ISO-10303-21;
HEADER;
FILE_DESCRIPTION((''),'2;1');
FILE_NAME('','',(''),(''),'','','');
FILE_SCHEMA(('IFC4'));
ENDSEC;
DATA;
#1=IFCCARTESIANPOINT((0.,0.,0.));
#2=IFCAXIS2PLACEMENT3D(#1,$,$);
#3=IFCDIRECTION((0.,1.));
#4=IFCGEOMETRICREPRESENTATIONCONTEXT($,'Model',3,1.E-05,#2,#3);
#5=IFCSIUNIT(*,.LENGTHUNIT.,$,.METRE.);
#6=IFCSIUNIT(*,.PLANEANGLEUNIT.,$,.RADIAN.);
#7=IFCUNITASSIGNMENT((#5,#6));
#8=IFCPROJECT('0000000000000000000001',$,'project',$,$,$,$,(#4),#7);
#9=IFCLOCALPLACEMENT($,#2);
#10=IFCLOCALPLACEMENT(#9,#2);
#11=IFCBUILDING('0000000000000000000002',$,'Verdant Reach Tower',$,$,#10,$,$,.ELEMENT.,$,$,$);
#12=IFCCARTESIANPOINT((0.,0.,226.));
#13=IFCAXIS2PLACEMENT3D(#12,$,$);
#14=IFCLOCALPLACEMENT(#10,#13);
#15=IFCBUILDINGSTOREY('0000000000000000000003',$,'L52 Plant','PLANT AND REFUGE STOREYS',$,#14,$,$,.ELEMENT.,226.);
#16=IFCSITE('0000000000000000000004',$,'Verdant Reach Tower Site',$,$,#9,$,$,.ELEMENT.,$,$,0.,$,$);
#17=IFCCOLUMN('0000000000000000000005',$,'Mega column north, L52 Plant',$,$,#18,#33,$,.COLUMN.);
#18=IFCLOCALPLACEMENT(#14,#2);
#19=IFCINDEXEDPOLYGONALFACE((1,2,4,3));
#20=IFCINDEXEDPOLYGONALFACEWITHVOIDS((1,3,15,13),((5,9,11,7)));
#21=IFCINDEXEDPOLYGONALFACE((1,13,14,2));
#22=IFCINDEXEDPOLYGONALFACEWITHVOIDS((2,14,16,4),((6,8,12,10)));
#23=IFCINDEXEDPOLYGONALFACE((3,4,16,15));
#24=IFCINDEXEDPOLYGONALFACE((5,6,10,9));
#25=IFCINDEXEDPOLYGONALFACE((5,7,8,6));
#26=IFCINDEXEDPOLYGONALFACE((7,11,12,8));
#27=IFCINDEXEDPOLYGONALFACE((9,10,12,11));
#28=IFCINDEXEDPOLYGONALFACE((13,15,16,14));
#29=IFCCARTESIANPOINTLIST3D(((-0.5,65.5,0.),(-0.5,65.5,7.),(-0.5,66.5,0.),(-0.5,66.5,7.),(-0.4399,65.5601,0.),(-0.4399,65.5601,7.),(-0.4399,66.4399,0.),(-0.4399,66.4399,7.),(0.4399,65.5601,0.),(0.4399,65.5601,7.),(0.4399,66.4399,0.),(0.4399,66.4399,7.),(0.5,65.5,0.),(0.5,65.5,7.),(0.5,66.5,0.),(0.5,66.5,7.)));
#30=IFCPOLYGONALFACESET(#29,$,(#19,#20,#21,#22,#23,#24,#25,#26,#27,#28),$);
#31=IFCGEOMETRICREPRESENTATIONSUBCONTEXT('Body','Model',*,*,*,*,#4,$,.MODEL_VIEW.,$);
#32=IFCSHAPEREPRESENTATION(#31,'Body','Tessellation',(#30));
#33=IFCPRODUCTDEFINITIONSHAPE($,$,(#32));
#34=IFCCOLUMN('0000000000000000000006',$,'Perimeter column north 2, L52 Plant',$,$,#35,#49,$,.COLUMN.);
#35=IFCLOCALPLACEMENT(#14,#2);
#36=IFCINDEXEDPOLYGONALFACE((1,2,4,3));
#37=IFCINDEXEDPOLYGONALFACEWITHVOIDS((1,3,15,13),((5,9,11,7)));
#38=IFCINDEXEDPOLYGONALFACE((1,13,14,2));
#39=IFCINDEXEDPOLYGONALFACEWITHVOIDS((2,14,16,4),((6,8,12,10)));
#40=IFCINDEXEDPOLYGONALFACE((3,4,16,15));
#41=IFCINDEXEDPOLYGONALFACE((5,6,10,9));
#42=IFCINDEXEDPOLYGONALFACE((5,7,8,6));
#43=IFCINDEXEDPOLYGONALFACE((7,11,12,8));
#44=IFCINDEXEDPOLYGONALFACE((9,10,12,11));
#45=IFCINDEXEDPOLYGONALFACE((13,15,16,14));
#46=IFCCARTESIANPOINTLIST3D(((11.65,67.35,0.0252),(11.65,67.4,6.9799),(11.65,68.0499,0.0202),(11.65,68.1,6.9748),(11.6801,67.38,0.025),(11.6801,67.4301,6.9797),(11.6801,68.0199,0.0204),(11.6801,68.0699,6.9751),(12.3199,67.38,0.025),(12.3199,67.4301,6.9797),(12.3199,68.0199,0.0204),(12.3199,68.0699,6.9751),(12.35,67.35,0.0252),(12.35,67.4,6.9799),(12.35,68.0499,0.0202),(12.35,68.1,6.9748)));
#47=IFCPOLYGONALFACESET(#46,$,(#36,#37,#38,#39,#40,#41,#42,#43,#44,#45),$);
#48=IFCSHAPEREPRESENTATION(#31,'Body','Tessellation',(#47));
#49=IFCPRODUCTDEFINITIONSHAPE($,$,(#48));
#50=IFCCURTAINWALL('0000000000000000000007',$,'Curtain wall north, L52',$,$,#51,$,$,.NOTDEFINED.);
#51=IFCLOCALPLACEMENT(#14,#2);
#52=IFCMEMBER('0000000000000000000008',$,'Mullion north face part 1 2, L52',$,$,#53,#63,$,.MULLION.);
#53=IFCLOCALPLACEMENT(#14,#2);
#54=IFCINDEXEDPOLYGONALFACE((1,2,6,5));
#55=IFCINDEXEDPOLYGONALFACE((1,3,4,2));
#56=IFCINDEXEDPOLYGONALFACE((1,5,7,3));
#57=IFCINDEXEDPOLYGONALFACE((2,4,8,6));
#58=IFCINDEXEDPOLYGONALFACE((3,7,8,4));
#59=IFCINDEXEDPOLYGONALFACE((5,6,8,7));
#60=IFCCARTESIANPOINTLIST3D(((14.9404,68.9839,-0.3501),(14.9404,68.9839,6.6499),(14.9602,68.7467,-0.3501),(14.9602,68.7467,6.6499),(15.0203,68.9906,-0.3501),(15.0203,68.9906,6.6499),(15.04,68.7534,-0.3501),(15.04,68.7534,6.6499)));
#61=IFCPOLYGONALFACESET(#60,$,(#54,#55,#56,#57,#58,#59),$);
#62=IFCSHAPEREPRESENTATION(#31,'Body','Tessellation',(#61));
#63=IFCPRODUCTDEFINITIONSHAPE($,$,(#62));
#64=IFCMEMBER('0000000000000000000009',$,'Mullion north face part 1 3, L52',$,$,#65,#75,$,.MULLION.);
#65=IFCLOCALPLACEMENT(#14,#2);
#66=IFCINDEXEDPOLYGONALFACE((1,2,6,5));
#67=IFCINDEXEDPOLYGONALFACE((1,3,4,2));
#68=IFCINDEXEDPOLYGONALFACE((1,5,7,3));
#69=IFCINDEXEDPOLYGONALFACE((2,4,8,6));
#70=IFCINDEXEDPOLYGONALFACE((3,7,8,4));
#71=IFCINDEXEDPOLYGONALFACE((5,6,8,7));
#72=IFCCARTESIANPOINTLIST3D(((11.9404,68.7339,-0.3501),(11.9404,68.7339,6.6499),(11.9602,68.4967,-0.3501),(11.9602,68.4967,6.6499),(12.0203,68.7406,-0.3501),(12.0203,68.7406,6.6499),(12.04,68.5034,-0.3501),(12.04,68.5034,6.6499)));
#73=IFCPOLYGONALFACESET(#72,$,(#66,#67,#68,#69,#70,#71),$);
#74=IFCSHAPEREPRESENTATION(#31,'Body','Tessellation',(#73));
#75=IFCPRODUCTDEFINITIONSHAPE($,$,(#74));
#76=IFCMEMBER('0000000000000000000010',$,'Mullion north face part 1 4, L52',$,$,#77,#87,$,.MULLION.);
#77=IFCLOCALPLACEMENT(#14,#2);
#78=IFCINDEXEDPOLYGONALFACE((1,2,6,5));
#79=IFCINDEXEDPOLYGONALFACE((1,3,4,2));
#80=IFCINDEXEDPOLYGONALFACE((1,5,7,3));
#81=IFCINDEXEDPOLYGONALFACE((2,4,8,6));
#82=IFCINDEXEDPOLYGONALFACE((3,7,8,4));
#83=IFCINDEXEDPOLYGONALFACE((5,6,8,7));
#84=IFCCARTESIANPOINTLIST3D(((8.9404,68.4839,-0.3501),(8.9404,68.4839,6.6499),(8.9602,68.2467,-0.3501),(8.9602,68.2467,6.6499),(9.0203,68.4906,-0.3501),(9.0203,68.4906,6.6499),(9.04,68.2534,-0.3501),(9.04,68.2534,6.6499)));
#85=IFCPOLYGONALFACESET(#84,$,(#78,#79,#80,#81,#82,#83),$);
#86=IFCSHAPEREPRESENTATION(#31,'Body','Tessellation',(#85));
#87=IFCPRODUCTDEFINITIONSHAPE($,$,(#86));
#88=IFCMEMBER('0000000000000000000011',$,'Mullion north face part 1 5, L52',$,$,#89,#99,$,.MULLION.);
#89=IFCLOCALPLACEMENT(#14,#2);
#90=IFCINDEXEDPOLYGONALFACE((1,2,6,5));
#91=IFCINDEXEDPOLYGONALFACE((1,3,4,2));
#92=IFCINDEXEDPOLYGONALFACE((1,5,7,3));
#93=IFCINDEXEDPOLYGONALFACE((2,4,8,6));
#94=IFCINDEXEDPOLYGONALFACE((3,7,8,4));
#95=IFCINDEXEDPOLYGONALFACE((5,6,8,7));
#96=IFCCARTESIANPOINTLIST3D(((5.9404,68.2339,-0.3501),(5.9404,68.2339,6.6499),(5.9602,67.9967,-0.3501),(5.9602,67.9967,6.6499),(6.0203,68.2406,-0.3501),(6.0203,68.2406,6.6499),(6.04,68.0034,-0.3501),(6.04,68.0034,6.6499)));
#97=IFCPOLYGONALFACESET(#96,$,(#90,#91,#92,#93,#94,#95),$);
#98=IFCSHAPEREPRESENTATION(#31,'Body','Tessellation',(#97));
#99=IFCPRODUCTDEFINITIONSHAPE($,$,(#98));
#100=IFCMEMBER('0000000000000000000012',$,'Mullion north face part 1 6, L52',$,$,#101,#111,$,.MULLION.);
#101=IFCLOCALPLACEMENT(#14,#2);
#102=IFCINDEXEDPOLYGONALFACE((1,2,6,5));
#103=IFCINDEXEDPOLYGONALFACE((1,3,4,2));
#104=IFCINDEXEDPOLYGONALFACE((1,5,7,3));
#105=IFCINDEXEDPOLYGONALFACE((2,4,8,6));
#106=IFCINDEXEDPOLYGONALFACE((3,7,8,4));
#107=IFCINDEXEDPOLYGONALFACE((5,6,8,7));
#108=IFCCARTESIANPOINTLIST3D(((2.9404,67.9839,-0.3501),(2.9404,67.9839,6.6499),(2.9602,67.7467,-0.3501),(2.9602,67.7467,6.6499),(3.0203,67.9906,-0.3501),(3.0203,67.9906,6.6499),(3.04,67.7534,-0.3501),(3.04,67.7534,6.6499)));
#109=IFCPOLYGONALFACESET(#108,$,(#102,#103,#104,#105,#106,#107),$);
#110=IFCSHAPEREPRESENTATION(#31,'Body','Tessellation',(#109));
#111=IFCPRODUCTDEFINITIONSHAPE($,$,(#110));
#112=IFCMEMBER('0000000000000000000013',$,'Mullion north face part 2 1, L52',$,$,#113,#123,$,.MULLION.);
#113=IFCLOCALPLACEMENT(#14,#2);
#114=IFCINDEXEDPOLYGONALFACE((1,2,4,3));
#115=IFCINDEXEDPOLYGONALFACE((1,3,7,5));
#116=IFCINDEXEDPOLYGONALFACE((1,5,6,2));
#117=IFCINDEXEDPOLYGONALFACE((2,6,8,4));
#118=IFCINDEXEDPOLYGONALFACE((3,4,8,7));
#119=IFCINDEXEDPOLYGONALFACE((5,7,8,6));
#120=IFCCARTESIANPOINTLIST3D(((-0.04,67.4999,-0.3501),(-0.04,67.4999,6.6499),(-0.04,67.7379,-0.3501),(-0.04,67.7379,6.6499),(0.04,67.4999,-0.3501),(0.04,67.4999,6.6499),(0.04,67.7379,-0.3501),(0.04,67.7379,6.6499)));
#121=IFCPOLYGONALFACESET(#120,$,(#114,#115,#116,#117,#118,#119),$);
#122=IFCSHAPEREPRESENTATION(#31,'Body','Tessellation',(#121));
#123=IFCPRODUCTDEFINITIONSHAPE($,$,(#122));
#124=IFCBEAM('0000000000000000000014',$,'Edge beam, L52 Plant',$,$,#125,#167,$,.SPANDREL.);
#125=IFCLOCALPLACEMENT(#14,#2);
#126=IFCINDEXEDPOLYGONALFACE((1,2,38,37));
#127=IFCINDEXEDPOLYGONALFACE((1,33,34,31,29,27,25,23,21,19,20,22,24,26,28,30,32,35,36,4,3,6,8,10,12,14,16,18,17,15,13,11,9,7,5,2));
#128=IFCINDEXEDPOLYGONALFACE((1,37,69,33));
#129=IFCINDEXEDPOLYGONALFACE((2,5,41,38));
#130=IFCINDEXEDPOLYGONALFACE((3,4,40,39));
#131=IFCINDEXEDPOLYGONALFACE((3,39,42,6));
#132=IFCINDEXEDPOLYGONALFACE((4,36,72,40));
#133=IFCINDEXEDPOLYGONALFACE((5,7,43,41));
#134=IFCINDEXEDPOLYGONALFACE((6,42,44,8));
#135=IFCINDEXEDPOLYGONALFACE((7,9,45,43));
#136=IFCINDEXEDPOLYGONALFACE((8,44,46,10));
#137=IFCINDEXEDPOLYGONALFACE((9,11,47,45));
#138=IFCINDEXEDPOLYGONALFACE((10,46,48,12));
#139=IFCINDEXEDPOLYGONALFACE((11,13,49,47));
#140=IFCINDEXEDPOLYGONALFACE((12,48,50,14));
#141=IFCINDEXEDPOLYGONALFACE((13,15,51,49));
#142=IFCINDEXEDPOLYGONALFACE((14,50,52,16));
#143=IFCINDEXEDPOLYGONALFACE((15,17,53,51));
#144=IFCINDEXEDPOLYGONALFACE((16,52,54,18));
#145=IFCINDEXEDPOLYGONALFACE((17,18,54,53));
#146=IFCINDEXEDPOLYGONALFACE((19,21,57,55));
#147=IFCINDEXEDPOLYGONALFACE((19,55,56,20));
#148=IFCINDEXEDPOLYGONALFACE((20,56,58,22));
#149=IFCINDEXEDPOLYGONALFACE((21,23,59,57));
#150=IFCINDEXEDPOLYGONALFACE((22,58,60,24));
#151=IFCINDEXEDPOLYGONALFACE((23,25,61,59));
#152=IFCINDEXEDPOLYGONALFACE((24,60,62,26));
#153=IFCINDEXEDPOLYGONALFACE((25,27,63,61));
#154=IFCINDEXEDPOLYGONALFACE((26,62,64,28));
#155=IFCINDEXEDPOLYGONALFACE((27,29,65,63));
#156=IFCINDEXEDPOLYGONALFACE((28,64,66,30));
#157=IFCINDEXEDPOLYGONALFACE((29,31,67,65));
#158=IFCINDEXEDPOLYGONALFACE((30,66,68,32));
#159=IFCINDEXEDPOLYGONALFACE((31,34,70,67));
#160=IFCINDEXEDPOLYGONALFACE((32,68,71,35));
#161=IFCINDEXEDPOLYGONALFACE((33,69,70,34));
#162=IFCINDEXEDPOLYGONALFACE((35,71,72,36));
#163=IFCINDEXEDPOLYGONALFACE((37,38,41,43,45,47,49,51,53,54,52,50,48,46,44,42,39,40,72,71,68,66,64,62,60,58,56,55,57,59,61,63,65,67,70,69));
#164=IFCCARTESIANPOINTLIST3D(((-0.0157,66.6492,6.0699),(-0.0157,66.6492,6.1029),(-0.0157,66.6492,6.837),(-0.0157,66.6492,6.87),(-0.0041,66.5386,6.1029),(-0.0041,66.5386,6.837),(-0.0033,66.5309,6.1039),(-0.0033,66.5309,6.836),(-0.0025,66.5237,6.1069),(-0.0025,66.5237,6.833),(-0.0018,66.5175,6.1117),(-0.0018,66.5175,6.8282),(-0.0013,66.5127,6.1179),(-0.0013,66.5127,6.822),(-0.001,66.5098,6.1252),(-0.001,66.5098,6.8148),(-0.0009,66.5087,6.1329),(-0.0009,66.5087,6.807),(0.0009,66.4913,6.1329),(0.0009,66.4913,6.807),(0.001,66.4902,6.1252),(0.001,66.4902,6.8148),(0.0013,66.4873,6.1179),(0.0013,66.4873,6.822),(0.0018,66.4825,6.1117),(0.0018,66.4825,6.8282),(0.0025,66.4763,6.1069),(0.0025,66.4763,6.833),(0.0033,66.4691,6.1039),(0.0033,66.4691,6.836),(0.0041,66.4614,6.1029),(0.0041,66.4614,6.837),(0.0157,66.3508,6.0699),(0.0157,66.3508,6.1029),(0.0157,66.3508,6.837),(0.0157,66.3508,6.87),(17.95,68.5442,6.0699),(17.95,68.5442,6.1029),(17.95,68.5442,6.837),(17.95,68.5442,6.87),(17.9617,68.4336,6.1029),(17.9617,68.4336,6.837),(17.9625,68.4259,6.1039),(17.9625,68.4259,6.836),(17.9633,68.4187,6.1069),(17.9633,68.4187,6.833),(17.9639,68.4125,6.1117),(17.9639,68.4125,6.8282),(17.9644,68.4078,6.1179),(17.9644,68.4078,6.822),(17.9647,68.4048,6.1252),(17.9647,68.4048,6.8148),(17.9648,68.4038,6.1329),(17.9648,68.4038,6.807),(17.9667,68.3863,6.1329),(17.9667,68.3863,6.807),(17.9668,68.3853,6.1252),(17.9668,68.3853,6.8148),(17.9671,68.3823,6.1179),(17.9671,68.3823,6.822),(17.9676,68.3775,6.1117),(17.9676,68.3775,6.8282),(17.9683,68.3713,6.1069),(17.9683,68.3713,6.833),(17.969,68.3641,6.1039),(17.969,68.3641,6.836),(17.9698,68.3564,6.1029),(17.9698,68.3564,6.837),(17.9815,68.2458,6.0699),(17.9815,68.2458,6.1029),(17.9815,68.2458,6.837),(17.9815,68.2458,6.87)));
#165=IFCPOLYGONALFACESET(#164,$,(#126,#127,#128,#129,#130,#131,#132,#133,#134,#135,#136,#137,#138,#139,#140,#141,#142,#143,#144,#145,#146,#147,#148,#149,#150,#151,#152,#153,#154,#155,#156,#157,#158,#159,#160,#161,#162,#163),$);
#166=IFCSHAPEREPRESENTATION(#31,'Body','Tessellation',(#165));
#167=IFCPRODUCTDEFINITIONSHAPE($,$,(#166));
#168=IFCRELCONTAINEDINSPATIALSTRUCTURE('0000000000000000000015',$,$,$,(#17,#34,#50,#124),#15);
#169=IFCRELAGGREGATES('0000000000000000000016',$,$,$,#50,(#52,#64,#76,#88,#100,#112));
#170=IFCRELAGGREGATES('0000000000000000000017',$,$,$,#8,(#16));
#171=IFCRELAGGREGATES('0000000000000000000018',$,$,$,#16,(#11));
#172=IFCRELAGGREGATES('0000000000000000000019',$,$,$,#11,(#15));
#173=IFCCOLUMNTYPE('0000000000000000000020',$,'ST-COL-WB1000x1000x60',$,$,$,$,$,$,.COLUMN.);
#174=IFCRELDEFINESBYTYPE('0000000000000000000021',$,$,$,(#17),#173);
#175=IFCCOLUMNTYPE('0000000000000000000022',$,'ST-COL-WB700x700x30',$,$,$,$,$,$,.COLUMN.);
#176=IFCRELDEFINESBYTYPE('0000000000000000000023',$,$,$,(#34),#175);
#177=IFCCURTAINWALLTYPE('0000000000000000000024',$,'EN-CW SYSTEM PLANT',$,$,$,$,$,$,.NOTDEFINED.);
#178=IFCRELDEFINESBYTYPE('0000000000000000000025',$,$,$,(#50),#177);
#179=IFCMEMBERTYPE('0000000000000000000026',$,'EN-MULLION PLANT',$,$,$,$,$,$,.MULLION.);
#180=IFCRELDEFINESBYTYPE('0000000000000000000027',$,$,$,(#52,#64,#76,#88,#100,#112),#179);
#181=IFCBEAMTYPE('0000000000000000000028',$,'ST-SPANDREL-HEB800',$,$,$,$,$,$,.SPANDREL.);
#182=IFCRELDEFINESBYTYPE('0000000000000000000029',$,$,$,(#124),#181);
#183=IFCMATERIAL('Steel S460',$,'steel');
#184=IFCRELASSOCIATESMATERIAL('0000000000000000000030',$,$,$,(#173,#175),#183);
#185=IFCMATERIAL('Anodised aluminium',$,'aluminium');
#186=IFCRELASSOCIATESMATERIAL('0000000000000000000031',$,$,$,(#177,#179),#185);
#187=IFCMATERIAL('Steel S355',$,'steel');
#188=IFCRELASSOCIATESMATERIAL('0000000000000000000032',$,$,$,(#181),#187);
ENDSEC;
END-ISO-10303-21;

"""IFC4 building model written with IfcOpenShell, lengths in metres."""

from ifc_helpers import new_model, si_unit, direction, frame, origin, origin_2d, place, context, subcontext, project, spatial, rectangle, hollow_rectangle, i_section, extrude, material, material_profile, profile_set, type_object, element, aggregate, save


model = new_model("IFC4")

# Units and contexts
model_context = context("Model", 3, precision=1e-05, world=origin(), true_north=direction((0.0, 1.0)))
body_context = subcontext(model_context, "Body", "Model", "MODEL_VIEW")
ifc_project = project(units=[si_unit("LENGTHUNIT", "METRE"), si_unit("PLANEANGLEUNIT", "RADIAN")], contexts=[model_context])

# Site, building, storey
site_placement = place(None, origin())
site = spatial("IfcSite", under=ifc_project, at=site_placement, Name="Verdant Reach Tower Site", CompositionType="ELEMENT", RefElevation=0.0)
building_placement = place(site_placement, origin())
building = spatial("IfcBuilding", under=site, at=building_placement, Name="Verdant Reach Tower", CompositionType="ELEMENT")
storey_placement = place(building_placement, frame((0.0, 0.0, 226.0)))
storey = spatial("IfcBuildingStorey", under=building, at=storey_placement, Name="L52 Plant", Description="PLANT AND REFUGE STOREYS", CompositionType="ELEMENT", Elevation=226.0)

# Columns
ifc_material_1 = material(Name="Steel S460", Category="steel")
ifc_material_profile_1 = material_profile(ifc_material_1, hollow_rectangle(XDim=1.0, YDim=1.0, WallThickness=0.0601, at=origin_2d()), Name="WB 1000x1000x60")
ifc_profile_set_1 = profile_set([ifc_material_profile_1], Name="Steel S460")
column_type_1 = type_object("IfcColumnType", Name="ST-COL-WB1000x1000x60", PredefinedType="COLUMN", material=ifc_profile_set_1)
column_1_placement = place(storey_placement, frame((0.0, 66.0, 0.0), z_axis=(0.0, 0.0, 1.0), x_axis=(1.0, 0.0, 0.0)))
element("IfcColumn", 1, at=column_1_placement, inside=storey, type_object=column_type_1, Name="Mega column north, L52 Plant", PredefinedType="COLUMN", context=body_context, shape_type="SweptSolid", body=[
    extrude(hollow_rectangle(XDim=1.0, YDim=1.0, WallThickness=0.0601, at=origin_2d()), origin(), (0.0, 0.0, 1.0), 7.0),
])
ifc_material_profile_2 = material_profile(ifc_material_1, hollow_rectangle(XDim=0.7, YDim=0.7, WallThickness=0.03, at=origin_2d()), Name="WB 700x700x30")
ifc_profile_set_2 = profile_set([ifc_material_profile_2], Name="Steel S460")
column_type_2 = type_object("IfcColumnType", Name="ST-COL-WB700x700x30", PredefinedType="COLUMN", material=ifc_profile_set_2)
column_2_placement = place(storey_placement, frame((12.0, 67.7, 0.0227), z_axis=(0.0, 0.007196, 0.999974), x_axis=(-1.0, 0.0, 0.0)))
element("IfcColumn", 2, at=column_2_placement, inside=storey, type_object=column_type_2, Name="Perimeter column north 2, L52 Plant", PredefinedType="COLUMN", context=body_context, shape_type="SweptSolid", body=[
    extrude(hollow_rectangle(XDim=0.7, YDim=0.7, WallThickness=0.03, at=origin_2d()), origin(), (0.0, 0.0, 1.0), 6.9548),
])

# Curtain wall, members
ifc_material_2 = material(Name="Anodised aluminium", Category="aluminium")
curtain_wall_type = type_object("IfcCurtainWallType", Name="EN-CW SYSTEM PLANT", PredefinedType="NOTDEFINED", material=ifc_material_2)
curtain_wall_placement = place(storey_placement, origin())
curtain_wall = element("IfcCurtainWall", 3, at=curtain_wall_placement, inside=storey, type_object=curtain_wall_type, Name="Curtain wall north, L52", PredefinedType="NOTDEFINED")
ifc_material_profile_3 = material_profile(ifc_material_2, rectangle(XDim=0.238, YDim=0.0801, at=origin_2d()), Name="Mullion 80x240")
ifc_profile_set_3 = profile_set([ifc_material_profile_3], Name="Anodised aluminium")
member_type_1 = type_object("IfcMemberType", Name="EN-MULLION PLANT", PredefinedType="MULLION", material=ifc_profile_set_3)
member_1_placement = place(storey_placement, frame((14.9902, 68.8687, -0.3501), z_axis=(0.0, 0.0, 1.0), x_axis=(-0.083045, 0.996546, 0.0)))
member_1 = element("IfcMember", 4, at=member_1_placement, type_object=member_type_1, Name="Mullion north face part 1 2, L52", PredefinedType="MULLION", context=body_context, shape_type="SweptSolid", body=[
    extrude(rectangle(XDim=0.238, YDim=0.0801, at=origin_2d()), origin(), (0.0, 0.0, 1.0), 7.0),
])
member_2_placement = place(storey_placement, frame((11.9902, 68.6187, -0.3501), z_axis=(0.0, 0.0, 1.0), x_axis=(-0.083045, 0.996546, 0.0)))
member_2 = element("IfcMember", 5, at=member_2_placement, type_object=member_type_1, Name="Mullion north face part 1 3, L52", PredefinedType="MULLION", context=body_context, shape_type="SweptSolid", body=[
    extrude(rectangle(XDim=0.238, YDim=0.0801, at=origin_2d()), origin(), (0.0, 0.0, 1.0), 7.0),
])
member_3_placement = place(storey_placement, frame((8.9902, 68.3687, -0.3501), z_axis=(0.0, 0.0, 1.0), x_axis=(-0.083045, 0.996546, 0.0)))
member_3 = element("IfcMember", 6, at=member_3_placement, type_object=member_type_1, Name="Mullion north face part 1 4, L52", PredefinedType="MULLION", context=body_context, shape_type="SweptSolid", body=[
    extrude(rectangle(XDim=0.238, YDim=0.0801, at=origin_2d()), origin(), (0.0, 0.0, 1.0), 7.0),
])
member_4_placement = place(storey_placement, frame((5.9902, 68.1187, -0.3501), z_axis=(0.0, 0.0, 1.0), x_axis=(-0.083045, 0.996546, 0.0)))
member_4 = element("IfcMember", 7, at=member_4_placement, type_object=member_type_1, Name="Mullion north face part 1 5, L52", PredefinedType="MULLION", context=body_context, shape_type="SweptSolid", body=[
    extrude(rectangle(XDim=0.238, YDim=0.0801, at=origin_2d()), origin(), (0.0, 0.0, 1.0), 7.0),
])
member_5_placement = place(storey_placement, frame((2.9902, 67.8687, -0.3501), z_axis=(0.0, 0.0, 1.0), x_axis=(-0.083045, 0.996546, 0.0)))
member_5 = element("IfcMember", 8, at=member_5_placement, type_object=member_type_1, Name="Mullion north face part 1 6, L52", PredefinedType="MULLION", context=body_context, shape_type="SweptSolid", body=[
    extrude(rectangle(XDim=0.238, YDim=0.0801, at=origin_2d()), origin(), (0.0, 0.0, 1.0), 7.0),
])
member_6_placement = place(storey_placement, frame((0.0, 67.6189, -0.3501), z_axis=(0.0, 0.0, 1.0), x_axis=(0.0, 1.0, 0.0)))
member_6 = element("IfcMember", 9, at=member_6_placement, type_object=member_type_1, Name="Mullion north face part 2 1, L52", PredefinedType="MULLION", context=body_context, shape_type="SweptSolid", body=[
    extrude(rectangle(XDim=0.238, YDim=0.0801, at=origin_2d()), origin(), (0.0, 0.0, 1.0), 7.0),
])

# Beam
ifc_material_3 = material(Name="Steel S355", Category="steel")
ifc_material_profile_4 = material_profile(ifc_material_3, i_section(OverallWidth=0.3, OverallDepth=0.8, WebThickness=0.0176, FlangeThickness=0.033, FilletRadius=0.03, at=origin_2d()), Name="HEB 800")
ifc_profile_set_4 = profile_set([ifc_material_profile_4], Name="Steel S355")
beam_type = type_object("IfcBeamType", Name="ST-SPANDREL-HEB800", PredefinedType="SPANDREL", material=ifc_profile_set_4)
beam_placement = place(storey_placement, frame((0.0, 66.5, 6.47), z_axis=(0.994483, 0.104897, 0.0), x_axis=(-0.104897, 0.994483, 0.0)))
element("IfcBeam", 10, at=beam_placement, inside=storey, type_object=beam_type, Name="Edge beam, L52 Plant", PredefinedType="SPANDREL", context=body_context, shape_type="SweptSolid", body=[
    extrude(i_section(OverallWidth=0.3, OverallDepth=0.8, WebThickness=0.0176, FlangeThickness=0.033, FilletRadius=0.03, at=origin_2d()), origin(), (0.0, 0.0, 1.0), 18.0654),
])

aggregate(curtain_wall, [member_1, member_2, member_3, member_4, member_5, member_6])

save(model, "model.ifc")
